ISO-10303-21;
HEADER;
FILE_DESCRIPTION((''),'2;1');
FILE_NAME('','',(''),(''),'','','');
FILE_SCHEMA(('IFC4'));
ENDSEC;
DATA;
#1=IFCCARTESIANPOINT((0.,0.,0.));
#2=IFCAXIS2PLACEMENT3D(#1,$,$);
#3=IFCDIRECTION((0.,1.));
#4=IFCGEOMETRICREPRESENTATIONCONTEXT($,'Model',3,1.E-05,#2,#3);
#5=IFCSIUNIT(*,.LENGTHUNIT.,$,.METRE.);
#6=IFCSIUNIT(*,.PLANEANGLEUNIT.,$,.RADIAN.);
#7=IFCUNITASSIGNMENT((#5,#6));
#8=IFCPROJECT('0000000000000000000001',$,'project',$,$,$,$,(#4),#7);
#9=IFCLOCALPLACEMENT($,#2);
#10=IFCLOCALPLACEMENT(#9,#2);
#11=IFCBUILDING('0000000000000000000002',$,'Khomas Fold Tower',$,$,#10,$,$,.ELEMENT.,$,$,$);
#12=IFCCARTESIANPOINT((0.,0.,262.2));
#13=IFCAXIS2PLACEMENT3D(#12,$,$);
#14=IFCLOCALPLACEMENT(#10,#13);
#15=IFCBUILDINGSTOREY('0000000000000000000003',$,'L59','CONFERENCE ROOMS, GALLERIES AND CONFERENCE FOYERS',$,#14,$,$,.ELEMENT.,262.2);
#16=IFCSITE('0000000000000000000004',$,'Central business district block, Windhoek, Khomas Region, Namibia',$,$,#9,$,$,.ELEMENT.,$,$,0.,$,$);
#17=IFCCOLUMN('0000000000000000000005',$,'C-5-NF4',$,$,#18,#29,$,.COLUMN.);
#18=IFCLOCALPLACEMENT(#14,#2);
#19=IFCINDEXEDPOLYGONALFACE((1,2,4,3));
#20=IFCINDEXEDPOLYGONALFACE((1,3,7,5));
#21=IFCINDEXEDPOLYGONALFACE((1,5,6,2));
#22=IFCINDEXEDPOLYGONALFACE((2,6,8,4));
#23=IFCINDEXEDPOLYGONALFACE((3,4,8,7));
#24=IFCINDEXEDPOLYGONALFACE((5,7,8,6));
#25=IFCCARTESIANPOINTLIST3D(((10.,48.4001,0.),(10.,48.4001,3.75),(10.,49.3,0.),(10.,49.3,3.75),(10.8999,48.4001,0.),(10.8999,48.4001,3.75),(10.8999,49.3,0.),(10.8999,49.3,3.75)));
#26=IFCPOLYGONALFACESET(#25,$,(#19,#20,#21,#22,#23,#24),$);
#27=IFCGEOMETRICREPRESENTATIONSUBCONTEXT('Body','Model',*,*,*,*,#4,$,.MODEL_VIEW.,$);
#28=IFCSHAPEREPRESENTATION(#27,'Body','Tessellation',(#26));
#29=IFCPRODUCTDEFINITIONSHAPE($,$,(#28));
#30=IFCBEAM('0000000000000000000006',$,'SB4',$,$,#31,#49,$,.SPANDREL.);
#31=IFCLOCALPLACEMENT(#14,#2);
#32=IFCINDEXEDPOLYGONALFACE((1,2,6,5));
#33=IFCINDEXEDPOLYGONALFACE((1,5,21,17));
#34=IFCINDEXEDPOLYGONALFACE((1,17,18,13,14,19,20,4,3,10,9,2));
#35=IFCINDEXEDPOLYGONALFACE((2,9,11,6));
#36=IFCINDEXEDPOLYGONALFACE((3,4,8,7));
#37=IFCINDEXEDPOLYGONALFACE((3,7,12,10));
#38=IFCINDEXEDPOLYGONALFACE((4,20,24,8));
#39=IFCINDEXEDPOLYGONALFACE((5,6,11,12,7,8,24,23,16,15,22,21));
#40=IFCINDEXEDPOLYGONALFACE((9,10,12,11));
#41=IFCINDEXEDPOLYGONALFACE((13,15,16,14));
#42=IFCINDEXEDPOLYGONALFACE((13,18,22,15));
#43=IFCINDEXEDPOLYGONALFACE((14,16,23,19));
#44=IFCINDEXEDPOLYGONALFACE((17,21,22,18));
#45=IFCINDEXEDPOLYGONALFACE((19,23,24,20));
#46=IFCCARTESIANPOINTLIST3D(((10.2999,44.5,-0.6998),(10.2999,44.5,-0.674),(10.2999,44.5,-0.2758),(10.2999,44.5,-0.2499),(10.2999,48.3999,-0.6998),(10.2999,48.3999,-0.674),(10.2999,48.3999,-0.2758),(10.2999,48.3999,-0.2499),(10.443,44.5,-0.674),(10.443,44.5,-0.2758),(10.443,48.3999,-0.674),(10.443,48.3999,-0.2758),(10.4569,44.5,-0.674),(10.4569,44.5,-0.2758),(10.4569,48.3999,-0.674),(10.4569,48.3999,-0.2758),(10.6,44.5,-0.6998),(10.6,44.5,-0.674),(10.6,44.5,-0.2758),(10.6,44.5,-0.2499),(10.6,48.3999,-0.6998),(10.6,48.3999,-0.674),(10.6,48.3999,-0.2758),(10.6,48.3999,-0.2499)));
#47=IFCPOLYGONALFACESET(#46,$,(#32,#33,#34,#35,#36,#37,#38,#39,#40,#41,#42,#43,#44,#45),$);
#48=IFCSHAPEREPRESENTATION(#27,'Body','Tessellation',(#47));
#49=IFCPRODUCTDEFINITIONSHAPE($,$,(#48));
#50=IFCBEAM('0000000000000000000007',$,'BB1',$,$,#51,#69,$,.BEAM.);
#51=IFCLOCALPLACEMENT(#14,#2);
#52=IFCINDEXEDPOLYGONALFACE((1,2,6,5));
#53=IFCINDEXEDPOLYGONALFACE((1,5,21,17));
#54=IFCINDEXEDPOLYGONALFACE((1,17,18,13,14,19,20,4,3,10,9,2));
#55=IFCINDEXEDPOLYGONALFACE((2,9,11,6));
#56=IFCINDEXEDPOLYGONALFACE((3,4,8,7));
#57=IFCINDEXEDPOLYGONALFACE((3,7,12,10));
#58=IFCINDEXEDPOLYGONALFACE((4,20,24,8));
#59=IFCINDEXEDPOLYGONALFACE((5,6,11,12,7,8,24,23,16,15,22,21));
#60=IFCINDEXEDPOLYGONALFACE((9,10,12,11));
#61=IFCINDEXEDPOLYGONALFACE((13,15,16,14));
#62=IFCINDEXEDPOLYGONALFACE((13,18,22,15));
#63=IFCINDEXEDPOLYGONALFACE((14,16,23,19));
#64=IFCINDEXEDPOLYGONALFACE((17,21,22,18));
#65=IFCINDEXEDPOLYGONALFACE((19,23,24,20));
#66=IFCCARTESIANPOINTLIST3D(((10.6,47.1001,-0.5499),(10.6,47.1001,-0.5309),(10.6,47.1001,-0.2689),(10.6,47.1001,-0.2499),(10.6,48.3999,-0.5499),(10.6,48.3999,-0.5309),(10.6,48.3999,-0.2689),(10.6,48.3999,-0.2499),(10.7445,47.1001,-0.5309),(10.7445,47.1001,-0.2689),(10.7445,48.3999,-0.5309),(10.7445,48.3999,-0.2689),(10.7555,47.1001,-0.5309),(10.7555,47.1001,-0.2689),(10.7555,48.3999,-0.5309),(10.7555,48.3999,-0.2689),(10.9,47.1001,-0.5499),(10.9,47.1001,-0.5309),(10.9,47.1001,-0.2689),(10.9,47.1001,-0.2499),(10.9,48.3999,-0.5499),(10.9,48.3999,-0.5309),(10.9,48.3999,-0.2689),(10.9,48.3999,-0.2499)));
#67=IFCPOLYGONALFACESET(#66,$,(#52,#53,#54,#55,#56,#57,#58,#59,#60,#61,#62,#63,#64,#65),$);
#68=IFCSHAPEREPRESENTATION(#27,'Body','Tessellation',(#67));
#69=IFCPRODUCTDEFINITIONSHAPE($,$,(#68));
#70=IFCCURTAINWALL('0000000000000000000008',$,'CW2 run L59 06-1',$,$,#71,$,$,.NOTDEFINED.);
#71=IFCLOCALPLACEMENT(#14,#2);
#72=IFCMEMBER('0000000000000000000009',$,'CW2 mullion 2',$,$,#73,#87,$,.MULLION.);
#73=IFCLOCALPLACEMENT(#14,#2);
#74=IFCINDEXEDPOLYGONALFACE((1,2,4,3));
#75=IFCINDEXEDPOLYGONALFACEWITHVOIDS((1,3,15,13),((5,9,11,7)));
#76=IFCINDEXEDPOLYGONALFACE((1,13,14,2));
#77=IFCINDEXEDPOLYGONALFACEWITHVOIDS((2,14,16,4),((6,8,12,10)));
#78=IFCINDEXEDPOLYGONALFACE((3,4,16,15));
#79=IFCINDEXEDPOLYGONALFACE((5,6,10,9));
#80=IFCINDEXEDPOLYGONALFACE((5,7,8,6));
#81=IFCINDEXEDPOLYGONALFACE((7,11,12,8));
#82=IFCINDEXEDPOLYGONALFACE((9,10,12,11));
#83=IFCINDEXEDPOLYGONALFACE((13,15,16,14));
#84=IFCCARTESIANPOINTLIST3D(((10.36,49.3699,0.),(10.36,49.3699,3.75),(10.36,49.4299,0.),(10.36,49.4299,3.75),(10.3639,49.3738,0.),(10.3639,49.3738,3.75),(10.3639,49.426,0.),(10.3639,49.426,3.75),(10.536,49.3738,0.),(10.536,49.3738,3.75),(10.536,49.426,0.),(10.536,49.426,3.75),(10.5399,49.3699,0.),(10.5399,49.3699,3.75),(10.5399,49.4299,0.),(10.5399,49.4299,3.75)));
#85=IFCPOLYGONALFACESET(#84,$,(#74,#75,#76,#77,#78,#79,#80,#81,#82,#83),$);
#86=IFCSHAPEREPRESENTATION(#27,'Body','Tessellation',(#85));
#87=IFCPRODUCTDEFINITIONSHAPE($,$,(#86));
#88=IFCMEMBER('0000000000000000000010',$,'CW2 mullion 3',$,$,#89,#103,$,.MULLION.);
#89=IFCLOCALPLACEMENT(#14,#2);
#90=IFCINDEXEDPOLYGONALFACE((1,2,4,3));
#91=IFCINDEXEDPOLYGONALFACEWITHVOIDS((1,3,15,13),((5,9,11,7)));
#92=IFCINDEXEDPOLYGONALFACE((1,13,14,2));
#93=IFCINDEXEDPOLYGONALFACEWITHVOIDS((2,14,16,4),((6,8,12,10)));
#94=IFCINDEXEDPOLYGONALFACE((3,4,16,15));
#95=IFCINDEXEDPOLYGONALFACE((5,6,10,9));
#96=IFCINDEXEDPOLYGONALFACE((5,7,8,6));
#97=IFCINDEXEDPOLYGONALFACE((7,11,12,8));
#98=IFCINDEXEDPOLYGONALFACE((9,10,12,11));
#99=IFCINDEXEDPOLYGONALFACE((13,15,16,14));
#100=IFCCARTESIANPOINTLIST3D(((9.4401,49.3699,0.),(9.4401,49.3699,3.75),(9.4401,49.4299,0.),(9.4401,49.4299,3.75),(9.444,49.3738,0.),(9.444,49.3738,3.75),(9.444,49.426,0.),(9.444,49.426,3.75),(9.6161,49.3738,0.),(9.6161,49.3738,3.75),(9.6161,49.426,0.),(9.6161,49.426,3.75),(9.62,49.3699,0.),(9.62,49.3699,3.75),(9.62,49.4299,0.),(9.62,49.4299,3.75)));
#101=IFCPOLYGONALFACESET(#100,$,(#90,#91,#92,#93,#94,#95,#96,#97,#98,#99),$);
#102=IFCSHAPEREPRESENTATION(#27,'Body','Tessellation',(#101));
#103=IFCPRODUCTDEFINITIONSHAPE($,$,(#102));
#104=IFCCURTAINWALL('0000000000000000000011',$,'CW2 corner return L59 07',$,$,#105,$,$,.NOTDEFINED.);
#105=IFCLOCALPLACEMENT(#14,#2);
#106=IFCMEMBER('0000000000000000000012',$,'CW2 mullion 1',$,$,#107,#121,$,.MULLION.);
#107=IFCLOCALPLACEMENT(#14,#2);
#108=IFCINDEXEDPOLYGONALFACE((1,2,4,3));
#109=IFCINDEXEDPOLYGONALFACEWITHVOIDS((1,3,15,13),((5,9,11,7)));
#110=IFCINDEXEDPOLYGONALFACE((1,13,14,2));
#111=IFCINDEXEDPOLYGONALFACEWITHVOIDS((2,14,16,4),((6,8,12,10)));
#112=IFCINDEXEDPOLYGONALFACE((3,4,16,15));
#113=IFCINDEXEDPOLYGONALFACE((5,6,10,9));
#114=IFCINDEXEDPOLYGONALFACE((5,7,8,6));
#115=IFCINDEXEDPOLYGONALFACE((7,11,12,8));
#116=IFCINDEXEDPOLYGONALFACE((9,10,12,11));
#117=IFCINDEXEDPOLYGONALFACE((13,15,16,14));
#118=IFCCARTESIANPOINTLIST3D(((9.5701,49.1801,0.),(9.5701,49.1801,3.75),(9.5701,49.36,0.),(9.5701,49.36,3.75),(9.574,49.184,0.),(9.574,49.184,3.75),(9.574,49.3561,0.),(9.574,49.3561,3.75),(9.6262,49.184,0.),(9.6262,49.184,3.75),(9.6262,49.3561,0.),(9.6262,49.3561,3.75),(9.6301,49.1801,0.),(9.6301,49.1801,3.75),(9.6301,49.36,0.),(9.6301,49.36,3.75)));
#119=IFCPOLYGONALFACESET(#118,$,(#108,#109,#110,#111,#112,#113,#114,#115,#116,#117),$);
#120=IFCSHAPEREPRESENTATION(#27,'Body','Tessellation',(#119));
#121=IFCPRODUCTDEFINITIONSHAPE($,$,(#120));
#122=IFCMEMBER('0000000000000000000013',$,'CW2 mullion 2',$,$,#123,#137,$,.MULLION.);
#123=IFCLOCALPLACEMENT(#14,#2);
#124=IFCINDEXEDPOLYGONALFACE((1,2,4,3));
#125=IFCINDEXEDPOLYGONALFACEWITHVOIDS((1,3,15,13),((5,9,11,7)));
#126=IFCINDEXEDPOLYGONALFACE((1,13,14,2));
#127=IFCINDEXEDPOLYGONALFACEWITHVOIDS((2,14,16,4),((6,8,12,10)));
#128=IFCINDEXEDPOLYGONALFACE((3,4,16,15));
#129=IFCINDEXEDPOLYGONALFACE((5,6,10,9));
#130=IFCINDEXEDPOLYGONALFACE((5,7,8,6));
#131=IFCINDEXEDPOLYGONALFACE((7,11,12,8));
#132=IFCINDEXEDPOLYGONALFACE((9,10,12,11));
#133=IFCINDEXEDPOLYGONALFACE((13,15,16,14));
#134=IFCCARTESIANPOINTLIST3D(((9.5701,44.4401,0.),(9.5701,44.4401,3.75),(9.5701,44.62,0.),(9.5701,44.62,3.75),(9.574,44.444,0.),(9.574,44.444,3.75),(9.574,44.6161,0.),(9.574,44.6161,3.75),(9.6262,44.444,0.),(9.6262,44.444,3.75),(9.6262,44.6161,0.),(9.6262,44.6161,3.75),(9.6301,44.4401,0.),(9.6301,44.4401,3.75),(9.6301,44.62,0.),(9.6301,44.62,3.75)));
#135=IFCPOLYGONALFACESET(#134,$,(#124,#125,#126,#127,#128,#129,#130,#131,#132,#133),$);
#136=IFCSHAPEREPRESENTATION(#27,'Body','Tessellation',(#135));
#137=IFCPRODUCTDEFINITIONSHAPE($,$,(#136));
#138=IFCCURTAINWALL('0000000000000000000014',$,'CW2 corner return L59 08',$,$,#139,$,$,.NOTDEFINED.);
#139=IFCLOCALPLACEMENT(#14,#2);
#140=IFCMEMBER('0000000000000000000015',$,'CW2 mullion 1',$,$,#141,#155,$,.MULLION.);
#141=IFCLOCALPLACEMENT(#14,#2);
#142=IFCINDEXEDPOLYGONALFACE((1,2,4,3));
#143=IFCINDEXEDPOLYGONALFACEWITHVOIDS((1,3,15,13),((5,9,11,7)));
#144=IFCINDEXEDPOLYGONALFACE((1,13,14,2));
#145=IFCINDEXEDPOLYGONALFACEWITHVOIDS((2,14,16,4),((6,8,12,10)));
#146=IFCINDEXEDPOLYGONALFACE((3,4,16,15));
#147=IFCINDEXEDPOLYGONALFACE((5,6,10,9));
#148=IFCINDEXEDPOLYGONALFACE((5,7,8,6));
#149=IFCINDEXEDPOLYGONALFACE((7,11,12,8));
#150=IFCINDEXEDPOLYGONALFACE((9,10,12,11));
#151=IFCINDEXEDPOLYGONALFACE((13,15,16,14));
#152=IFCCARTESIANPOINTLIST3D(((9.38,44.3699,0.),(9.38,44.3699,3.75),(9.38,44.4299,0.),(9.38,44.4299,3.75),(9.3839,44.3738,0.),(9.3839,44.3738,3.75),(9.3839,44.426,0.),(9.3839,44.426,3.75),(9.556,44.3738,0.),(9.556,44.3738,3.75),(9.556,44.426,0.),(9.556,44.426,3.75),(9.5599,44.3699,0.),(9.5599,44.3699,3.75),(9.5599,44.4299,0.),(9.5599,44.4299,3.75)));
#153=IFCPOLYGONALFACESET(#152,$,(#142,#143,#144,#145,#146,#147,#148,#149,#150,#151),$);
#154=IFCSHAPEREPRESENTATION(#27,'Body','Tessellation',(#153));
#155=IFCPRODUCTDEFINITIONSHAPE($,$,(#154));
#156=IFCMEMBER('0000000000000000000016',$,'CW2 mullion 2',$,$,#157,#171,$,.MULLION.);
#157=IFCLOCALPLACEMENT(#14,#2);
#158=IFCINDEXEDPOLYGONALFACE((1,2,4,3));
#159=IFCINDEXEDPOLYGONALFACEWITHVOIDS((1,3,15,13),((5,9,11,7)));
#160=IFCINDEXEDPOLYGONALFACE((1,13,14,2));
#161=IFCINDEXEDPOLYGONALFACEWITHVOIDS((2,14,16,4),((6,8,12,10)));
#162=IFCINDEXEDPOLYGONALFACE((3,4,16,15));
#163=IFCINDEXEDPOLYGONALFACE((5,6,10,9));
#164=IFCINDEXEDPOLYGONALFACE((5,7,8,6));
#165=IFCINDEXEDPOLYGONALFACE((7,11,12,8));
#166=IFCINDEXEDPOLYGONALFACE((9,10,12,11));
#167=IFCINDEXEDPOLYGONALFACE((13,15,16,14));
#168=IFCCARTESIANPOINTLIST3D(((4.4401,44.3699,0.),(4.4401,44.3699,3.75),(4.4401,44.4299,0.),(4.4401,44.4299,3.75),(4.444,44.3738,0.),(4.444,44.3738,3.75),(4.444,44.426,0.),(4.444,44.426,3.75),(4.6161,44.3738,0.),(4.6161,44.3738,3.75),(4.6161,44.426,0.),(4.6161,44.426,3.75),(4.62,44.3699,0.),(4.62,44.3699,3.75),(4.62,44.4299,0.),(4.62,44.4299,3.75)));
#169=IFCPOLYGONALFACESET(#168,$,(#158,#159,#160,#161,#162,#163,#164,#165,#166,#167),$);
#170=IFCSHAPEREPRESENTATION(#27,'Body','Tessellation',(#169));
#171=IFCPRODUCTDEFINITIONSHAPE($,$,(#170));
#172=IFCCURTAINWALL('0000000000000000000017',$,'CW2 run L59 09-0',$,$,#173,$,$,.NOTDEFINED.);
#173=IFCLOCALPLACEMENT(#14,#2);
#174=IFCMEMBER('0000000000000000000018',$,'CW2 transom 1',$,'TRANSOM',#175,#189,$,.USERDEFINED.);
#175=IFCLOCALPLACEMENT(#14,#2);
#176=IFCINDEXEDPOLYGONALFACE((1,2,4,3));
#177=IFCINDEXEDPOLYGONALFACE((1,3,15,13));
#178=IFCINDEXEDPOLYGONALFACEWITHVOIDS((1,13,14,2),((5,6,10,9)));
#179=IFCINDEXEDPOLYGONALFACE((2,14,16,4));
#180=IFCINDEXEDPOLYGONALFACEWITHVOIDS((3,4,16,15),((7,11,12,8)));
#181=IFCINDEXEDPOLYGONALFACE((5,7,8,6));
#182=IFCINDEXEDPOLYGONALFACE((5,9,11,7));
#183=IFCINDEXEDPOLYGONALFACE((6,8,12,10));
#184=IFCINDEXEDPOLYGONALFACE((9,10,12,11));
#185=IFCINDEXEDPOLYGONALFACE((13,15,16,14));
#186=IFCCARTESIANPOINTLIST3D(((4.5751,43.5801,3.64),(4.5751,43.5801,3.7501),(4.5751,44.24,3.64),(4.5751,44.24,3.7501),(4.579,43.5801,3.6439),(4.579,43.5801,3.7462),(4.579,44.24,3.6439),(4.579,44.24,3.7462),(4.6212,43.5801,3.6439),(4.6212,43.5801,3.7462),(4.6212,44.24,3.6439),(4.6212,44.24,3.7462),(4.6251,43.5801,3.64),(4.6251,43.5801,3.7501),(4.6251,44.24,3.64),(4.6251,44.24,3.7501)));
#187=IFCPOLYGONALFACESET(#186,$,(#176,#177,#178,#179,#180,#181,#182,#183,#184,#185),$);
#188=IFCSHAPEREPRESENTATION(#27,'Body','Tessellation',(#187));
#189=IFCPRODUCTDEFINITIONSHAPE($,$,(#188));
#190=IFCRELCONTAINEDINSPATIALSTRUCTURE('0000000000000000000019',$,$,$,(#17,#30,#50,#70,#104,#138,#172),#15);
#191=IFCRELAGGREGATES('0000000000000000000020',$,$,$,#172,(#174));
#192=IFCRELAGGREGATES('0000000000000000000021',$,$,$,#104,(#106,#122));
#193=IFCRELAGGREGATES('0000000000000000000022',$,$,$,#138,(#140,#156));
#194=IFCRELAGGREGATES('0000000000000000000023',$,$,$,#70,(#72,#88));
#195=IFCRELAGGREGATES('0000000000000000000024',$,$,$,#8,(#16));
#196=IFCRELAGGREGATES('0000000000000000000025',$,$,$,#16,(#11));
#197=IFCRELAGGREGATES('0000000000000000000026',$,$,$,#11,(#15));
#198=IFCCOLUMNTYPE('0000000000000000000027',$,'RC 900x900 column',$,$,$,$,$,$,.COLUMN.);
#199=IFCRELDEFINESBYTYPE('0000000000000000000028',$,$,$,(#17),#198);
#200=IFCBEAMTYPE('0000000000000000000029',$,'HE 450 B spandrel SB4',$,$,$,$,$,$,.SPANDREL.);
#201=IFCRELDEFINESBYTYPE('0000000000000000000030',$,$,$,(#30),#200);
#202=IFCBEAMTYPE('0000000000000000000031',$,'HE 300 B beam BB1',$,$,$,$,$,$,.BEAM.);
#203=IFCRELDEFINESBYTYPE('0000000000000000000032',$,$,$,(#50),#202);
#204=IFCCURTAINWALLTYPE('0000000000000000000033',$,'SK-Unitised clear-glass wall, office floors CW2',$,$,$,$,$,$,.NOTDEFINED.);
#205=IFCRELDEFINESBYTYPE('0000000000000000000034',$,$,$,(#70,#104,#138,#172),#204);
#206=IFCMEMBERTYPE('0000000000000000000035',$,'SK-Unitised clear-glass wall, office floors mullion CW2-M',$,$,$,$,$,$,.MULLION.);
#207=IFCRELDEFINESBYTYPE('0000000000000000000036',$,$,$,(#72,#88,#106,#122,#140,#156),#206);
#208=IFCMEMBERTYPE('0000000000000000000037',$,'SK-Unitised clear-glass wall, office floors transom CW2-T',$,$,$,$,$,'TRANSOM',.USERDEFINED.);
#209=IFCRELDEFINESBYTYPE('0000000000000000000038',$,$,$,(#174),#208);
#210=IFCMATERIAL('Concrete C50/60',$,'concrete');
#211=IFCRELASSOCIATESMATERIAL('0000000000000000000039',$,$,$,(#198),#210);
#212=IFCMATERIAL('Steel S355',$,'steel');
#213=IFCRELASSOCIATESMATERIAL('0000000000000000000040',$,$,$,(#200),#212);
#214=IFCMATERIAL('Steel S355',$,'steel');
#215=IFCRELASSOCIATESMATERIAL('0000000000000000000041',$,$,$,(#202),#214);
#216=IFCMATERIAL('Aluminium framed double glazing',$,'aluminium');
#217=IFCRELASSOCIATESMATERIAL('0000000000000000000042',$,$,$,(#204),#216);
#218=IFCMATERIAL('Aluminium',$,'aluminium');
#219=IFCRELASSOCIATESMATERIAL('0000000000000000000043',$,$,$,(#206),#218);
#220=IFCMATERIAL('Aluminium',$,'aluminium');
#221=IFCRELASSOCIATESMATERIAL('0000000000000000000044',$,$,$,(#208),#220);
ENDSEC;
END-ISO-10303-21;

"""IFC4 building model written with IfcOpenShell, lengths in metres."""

from ifc_helpers import new_model, si_unit, direction, frame, origin, origin_2d, place, context, subcontext, project, spatial, rectangle, hollow_rectangle, i_section, extrude, source, transform, mapped, material, material_profile, profile_set, type_object, element, aggregate, save


model = new_model("IFC4")

# Units and contexts
model_context = context("Model", 3, precision=1e-05, world=origin(), true_north=direction((0.0, 1.0)))
body_context = subcontext(model_context, "Body", "Model", "MODEL_VIEW")
ifc_project = project(units=[si_unit("LENGTHUNIT", "METRE"), si_unit("PLANEANGLEUNIT", "RADIAN")], contexts=[model_context])

# Site, building, storey
site_placement = place(None, origin())
site = spatial("IfcSite", under=ifc_project, at=site_placement, Name="Central business district block, Windhoek, Khomas Region, Namibia", CompositionType="ELEMENT", RefElevation=0.0)
building_placement = place(site_placement, origin())
building = spatial("IfcBuilding", under=site, at=building_placement, Name="Khomas Fold Tower", CompositionType="ELEMENT")
storey_placement = place(building_placement, frame((0.0, 0.0, 262.2)))
storey = spatial("IfcBuildingStorey", under=building, at=storey_placement, Name="L59", Description="CONFERENCE ROOMS, GALLERIES AND CONFERENCE FOYERS", CompositionType="ELEMENT", Elevation=262.2)

# Column
ifc_material_1 = material(Name="Concrete C50/60", Category="concrete")
ifc_material_profile_1 = material_profile(ifc_material_1, rectangle(XDim=0.8999, YDim=0.8999, at=origin_2d()), Name="RC 900x900")
ifc_profile_set_1 = profile_set([ifc_material_profile_1], Name="Concrete C50/60")
column_type = type_object("IfcColumnType", Name="RC 900x900 column", PredefinedType="COLUMN", material=ifc_profile_set_1)
shared_shape_1 = source(origin(), body_context, "Body", "SweptSolid", [
    extrude(rectangle(XDim=0.8999, YDim=0.8999, at=origin_2d()), origin(), (0.0, 0.0, 1.0), 3.75),
])
column_placement = place(storey_placement, frame((10.45, 48.8501, 0.0), z_axis=(0.0, 0.0, 1.0), x_axis=(1.0, 0.0, 0.0)))
element("IfcColumn", 1, at=column_placement, inside=storey, type_object=column_type, Name="C-5-NF4", PredefinedType="COLUMN", context=body_context, shape_type="MappedRepresentation", body=[
    mapped(shared_shape_1, transform((0.0, 0.0, 0.0))),
])

# Beams
ifc_material_2 = material(Name="Steel S355", Category="steel")
ifc_material_profile_2 = material_profile(ifc_material_2, i_section(OverallWidth=0.3, OverallDepth=0.45, WebThickness=0.0139, FlangeThickness=0.0259, at=origin_2d()), Name="HE 450 B")
ifc_profile_set_2 = profile_set([ifc_material_profile_2], Name="Steel S355")
beam_type_1 = type_object("IfcBeamType", Name="HE 450 B spandrel SB4", PredefinedType="SPANDREL", material=ifc_profile_set_2)
shared_shape_2 = source(origin(), body_context, "Body", "SweptSolid", [
    extrude(i_section(OverallWidth=0.3, OverallDepth=0.45, WebThickness=0.0139, FlangeThickness=0.0259, at=origin_2d()), origin(), (0.0, 0.0, 1.0), 3.8999),
])
beam_1_placement = place(storey_placement, frame((10.45, 44.5, -0.4749), z_axis=(0.0, 1.0, 0.0), x_axis=(-1.0, 0.0, 0.0)))
element("IfcBeam", 2, at=beam_1_placement, inside=storey, type_object=beam_type_1, Name="SB4", PredefinedType="SPANDREL", context=body_context, shape_type="MappedRepresentation", body=[
    mapped(shared_shape_2, transform((0.0, 0.0, 0.0))),
])
ifc_material_3 = material(Name="Steel S355", Category="steel")
ifc_material_profile_3 = material_profile(ifc_material_3, i_section(OverallWidth=0.3, OverallDepth=0.3, WebThickness=0.011, FlangeThickness=0.019, at=origin_2d()), Name="HE 300 B")
ifc_profile_set_3 = profile_set([ifc_material_profile_3], Name="Steel S355")
beam_type_2 = type_object("IfcBeamType", Name="HE 300 B beam BB1", PredefinedType="BEAM", material=ifc_profile_set_3)
shared_shape_3 = source(origin(), body_context, "Body", "SweptSolid", [
    extrude(i_section(OverallWidth=0.3, OverallDepth=0.3, WebThickness=0.011, FlangeThickness=0.019, at=origin_2d()), origin(), (0.0, 0.0, 1.0), 1.2998),
])
beam_2_placement = place(storey_placement, frame((10.75, 47.1001, -0.3999), z_axis=(0.0, 1.0, 0.0), x_axis=(-1.0, 0.0, 0.0)))
element("IfcBeam", 3, at=beam_2_placement, inside=storey, type_object=beam_type_2, Name="BB1", PredefinedType="BEAM", context=body_context, shape_type="MappedRepresentation", body=[
    mapped(shared_shape_3, transform((0.0, 0.0, 0.0))),
])

# Curtain walls, members
ifc_material_4 = material(Name="Aluminium framed double glazing", Category="aluminium")
curtain_wall_type = type_object("IfcCurtainWallType", Name="SK-Unitised clear-glass wall, office floors CW2", PredefinedType="NOTDEFINED", material=ifc_material_4)
curtain_wall_1_placement = place(storey_placement, origin())
curtain_wall_1 = element("IfcCurtainWall", 4, at=curtain_wall_1_placement, inside=storey, type_object=curtain_wall_type, Name="CW2 run L59 06-1", PredefinedType="NOTDEFINED")
ifc_material_5 = material(Name="Aluminium", Category="aluminium")
ifc_material_profile_4 = material_profile(ifc_material_5, hollow_rectangle(XDim=0.0601, YDim=0.1799, WallThickness=0.0039, at=origin_2d()), Name="SK-Unitised clear-glass wall, office floors mullion CW2-M")
ifc_profile_set_4 = profile_set([ifc_material_profile_4], Name="Aluminium")
member_type_1 = type_object("IfcMemberType", Name="SK-Unitised clear-glass wall, office floors mullion CW2-M", PredefinedType="MULLION", material=ifc_profile_set_4)
shared_shape_4 = source(origin(), body_context, "Body", "SweptSolid", [
    extrude(hollow_rectangle(XDim=0.0601, YDim=0.1799, WallThickness=0.0039, at=origin_2d()), origin(), (0.0, 0.0, 1.0), 3.75),
])
member_1_placement = place(storey_placement, frame((10.45, 49.3999, 0.0), z_axis=(0.0, 0.0, 1.0), x_axis=(0.0, -1.0, 0.0)))
member_1 = element("IfcMember", 5, at=member_1_placement, type_object=member_type_1, Name="CW2 mullion 2", PredefinedType="MULLION", context=body_context, shape_type="MappedRepresentation", body=[
    mapped(shared_shape_4, transform((0.0, 0.0, 0.0))),
])
member_2_placement = place(storey_placement, frame((9.53, 49.3999, 0.0), z_axis=(0.0, 0.0, 1.0), x_axis=(0.0, -1.0, 0.0)))
member_2 = element("IfcMember", 6, at=member_2_placement, type_object=member_type_1, Name="CW2 mullion 3", PredefinedType="MULLION", context=body_context, shape_type="MappedRepresentation", body=[
    mapped(shared_shape_4, transform((0.0, 0.0, 0.0))),
])
curtain_wall_2_placement = place(storey_placement, origin())
curtain_wall_2 = element("IfcCurtainWall", 7, at=curtain_wall_2_placement, inside=storey, type_object=curtain_wall_type, Name="CW2 corner return L59 07", PredefinedType="NOTDEFINED")
member_3_placement = place(storey_placement, frame((9.6001, 49.27, 0.0), z_axis=(0.0, 0.0, 1.0), x_axis=(1.0, 0.0, 0.0)))
member_3 = element("IfcMember", 8, at=member_3_placement, type_object=member_type_1, Name="CW2 mullion 1", PredefinedType="MULLION", context=body_context, shape_type="MappedRepresentation", body=[
    mapped(shared_shape_4, transform((0.0, 0.0, 0.0))),
])
member_4_placement = place(storey_placement, frame((9.6001, 44.53, 0.0), z_axis=(0.0, 0.0, 1.0), x_axis=(1.0, 0.0, 0.0)))
member_4 = element("IfcMember", 9, at=member_4_placement, type_object=member_type_1, Name="CW2 mullion 2", PredefinedType="MULLION", context=body_context, shape_type="MappedRepresentation", body=[
    mapped(shared_shape_4, transform((0.0, 0.0, 0.0))),
])
curtain_wall_3_placement = place(storey_placement, origin())
curtain_wall_3 = element("IfcCurtainWall", 10, at=curtain_wall_3_placement, inside=storey, type_object=curtain_wall_type, Name="CW2 corner return L59 08", PredefinedType="NOTDEFINED")
member_5_placement = place(storey_placement, frame((9.47, 44.3999, 0.0), z_axis=(0.0, 0.0, 1.0), x_axis=(0.0, -1.0, 0.0)))
member_5 = element("IfcMember", 11, at=member_5_placement, type_object=member_type_1, Name="CW2 mullion 1", PredefinedType="MULLION", context=body_context, shape_type="MappedRepresentation", body=[
    mapped(shared_shape_4, transform((0.0, 0.0, 0.0))),
])
member_6_placement = place(storey_placement, frame((4.53, 44.3999, 0.0), z_axis=(0.0, 0.0, 1.0), x_axis=(0.0, -1.0, 0.0)))
member_6 = element("IfcMember", 12, at=member_6_placement, type_object=member_type_1, Name="CW2 mullion 2", PredefinedType="MULLION", context=body_context, shape_type="MappedRepresentation", body=[
    mapped(shared_shape_4, transform((0.0, 0.0, 0.0))),
])

# Curtain wall, member
curtain_wall_4_placement = place(storey_placement, origin())
curtain_wall_4 = element("IfcCurtainWall", 13, at=curtain_wall_4_placement, inside=storey, type_object=curtain_wall_type, Name="CW2 run L59 09-0", PredefinedType="NOTDEFINED")
ifc_material_6 = material(Name="Aluminium", Category="aluminium")
ifc_material_profile_5 = material_profile(ifc_material_6, hollow_rectangle(XDim=0.05, YDim=0.1101, WallThickness=0.0039, at=origin_2d()), Name="SK-Unitised clear-glass wall, office floors transom CW2-T")
ifc_profile_set_5 = profile_set([ifc_material_profile_5], Name="Aluminium")
member_type_2 = type_object("IfcMemberType", Name="SK-Unitised clear-glass wall, office floors transom CW2-T", ElementType="TRANSOM", PredefinedType="USERDEFINED", material=ifc_profile_set_5)
shared_shape_5 = source(origin(), body_context, "Body", "SweptSolid", [
    extrude(hollow_rectangle(XDim=0.05, YDim=0.1101, WallThickness=0.0039, at=origin_2d()), origin(), (0.0, 0.0, 1.0), 0.6599),
])
member_7_placement = place(storey_placement, frame((4.6001, 44.24, 3.6951), z_axis=(0.0, -1.0, 0.0), x_axis=(1.0, 0.0, 0.0)))
member_7 = element("IfcMember", 14, at=member_7_placement, type_object=member_type_2, Name="CW2 transom 1", ObjectType="TRANSOM", PredefinedType="USERDEFINED", context=body_context, shape_type="MappedRepresentation", body=[
    mapped(shared_shape_5, transform((0.0, 0.0, 0.0))),
])

aggregate(curtain_wall_4, [member_7])
aggregate(curtain_wall_2, [member_3, member_4])
aggregate(curtain_wall_3, [member_5, member_6])
aggregate(curtain_wall_1, [member_1, member_2])

save(model, "model.ifc")
